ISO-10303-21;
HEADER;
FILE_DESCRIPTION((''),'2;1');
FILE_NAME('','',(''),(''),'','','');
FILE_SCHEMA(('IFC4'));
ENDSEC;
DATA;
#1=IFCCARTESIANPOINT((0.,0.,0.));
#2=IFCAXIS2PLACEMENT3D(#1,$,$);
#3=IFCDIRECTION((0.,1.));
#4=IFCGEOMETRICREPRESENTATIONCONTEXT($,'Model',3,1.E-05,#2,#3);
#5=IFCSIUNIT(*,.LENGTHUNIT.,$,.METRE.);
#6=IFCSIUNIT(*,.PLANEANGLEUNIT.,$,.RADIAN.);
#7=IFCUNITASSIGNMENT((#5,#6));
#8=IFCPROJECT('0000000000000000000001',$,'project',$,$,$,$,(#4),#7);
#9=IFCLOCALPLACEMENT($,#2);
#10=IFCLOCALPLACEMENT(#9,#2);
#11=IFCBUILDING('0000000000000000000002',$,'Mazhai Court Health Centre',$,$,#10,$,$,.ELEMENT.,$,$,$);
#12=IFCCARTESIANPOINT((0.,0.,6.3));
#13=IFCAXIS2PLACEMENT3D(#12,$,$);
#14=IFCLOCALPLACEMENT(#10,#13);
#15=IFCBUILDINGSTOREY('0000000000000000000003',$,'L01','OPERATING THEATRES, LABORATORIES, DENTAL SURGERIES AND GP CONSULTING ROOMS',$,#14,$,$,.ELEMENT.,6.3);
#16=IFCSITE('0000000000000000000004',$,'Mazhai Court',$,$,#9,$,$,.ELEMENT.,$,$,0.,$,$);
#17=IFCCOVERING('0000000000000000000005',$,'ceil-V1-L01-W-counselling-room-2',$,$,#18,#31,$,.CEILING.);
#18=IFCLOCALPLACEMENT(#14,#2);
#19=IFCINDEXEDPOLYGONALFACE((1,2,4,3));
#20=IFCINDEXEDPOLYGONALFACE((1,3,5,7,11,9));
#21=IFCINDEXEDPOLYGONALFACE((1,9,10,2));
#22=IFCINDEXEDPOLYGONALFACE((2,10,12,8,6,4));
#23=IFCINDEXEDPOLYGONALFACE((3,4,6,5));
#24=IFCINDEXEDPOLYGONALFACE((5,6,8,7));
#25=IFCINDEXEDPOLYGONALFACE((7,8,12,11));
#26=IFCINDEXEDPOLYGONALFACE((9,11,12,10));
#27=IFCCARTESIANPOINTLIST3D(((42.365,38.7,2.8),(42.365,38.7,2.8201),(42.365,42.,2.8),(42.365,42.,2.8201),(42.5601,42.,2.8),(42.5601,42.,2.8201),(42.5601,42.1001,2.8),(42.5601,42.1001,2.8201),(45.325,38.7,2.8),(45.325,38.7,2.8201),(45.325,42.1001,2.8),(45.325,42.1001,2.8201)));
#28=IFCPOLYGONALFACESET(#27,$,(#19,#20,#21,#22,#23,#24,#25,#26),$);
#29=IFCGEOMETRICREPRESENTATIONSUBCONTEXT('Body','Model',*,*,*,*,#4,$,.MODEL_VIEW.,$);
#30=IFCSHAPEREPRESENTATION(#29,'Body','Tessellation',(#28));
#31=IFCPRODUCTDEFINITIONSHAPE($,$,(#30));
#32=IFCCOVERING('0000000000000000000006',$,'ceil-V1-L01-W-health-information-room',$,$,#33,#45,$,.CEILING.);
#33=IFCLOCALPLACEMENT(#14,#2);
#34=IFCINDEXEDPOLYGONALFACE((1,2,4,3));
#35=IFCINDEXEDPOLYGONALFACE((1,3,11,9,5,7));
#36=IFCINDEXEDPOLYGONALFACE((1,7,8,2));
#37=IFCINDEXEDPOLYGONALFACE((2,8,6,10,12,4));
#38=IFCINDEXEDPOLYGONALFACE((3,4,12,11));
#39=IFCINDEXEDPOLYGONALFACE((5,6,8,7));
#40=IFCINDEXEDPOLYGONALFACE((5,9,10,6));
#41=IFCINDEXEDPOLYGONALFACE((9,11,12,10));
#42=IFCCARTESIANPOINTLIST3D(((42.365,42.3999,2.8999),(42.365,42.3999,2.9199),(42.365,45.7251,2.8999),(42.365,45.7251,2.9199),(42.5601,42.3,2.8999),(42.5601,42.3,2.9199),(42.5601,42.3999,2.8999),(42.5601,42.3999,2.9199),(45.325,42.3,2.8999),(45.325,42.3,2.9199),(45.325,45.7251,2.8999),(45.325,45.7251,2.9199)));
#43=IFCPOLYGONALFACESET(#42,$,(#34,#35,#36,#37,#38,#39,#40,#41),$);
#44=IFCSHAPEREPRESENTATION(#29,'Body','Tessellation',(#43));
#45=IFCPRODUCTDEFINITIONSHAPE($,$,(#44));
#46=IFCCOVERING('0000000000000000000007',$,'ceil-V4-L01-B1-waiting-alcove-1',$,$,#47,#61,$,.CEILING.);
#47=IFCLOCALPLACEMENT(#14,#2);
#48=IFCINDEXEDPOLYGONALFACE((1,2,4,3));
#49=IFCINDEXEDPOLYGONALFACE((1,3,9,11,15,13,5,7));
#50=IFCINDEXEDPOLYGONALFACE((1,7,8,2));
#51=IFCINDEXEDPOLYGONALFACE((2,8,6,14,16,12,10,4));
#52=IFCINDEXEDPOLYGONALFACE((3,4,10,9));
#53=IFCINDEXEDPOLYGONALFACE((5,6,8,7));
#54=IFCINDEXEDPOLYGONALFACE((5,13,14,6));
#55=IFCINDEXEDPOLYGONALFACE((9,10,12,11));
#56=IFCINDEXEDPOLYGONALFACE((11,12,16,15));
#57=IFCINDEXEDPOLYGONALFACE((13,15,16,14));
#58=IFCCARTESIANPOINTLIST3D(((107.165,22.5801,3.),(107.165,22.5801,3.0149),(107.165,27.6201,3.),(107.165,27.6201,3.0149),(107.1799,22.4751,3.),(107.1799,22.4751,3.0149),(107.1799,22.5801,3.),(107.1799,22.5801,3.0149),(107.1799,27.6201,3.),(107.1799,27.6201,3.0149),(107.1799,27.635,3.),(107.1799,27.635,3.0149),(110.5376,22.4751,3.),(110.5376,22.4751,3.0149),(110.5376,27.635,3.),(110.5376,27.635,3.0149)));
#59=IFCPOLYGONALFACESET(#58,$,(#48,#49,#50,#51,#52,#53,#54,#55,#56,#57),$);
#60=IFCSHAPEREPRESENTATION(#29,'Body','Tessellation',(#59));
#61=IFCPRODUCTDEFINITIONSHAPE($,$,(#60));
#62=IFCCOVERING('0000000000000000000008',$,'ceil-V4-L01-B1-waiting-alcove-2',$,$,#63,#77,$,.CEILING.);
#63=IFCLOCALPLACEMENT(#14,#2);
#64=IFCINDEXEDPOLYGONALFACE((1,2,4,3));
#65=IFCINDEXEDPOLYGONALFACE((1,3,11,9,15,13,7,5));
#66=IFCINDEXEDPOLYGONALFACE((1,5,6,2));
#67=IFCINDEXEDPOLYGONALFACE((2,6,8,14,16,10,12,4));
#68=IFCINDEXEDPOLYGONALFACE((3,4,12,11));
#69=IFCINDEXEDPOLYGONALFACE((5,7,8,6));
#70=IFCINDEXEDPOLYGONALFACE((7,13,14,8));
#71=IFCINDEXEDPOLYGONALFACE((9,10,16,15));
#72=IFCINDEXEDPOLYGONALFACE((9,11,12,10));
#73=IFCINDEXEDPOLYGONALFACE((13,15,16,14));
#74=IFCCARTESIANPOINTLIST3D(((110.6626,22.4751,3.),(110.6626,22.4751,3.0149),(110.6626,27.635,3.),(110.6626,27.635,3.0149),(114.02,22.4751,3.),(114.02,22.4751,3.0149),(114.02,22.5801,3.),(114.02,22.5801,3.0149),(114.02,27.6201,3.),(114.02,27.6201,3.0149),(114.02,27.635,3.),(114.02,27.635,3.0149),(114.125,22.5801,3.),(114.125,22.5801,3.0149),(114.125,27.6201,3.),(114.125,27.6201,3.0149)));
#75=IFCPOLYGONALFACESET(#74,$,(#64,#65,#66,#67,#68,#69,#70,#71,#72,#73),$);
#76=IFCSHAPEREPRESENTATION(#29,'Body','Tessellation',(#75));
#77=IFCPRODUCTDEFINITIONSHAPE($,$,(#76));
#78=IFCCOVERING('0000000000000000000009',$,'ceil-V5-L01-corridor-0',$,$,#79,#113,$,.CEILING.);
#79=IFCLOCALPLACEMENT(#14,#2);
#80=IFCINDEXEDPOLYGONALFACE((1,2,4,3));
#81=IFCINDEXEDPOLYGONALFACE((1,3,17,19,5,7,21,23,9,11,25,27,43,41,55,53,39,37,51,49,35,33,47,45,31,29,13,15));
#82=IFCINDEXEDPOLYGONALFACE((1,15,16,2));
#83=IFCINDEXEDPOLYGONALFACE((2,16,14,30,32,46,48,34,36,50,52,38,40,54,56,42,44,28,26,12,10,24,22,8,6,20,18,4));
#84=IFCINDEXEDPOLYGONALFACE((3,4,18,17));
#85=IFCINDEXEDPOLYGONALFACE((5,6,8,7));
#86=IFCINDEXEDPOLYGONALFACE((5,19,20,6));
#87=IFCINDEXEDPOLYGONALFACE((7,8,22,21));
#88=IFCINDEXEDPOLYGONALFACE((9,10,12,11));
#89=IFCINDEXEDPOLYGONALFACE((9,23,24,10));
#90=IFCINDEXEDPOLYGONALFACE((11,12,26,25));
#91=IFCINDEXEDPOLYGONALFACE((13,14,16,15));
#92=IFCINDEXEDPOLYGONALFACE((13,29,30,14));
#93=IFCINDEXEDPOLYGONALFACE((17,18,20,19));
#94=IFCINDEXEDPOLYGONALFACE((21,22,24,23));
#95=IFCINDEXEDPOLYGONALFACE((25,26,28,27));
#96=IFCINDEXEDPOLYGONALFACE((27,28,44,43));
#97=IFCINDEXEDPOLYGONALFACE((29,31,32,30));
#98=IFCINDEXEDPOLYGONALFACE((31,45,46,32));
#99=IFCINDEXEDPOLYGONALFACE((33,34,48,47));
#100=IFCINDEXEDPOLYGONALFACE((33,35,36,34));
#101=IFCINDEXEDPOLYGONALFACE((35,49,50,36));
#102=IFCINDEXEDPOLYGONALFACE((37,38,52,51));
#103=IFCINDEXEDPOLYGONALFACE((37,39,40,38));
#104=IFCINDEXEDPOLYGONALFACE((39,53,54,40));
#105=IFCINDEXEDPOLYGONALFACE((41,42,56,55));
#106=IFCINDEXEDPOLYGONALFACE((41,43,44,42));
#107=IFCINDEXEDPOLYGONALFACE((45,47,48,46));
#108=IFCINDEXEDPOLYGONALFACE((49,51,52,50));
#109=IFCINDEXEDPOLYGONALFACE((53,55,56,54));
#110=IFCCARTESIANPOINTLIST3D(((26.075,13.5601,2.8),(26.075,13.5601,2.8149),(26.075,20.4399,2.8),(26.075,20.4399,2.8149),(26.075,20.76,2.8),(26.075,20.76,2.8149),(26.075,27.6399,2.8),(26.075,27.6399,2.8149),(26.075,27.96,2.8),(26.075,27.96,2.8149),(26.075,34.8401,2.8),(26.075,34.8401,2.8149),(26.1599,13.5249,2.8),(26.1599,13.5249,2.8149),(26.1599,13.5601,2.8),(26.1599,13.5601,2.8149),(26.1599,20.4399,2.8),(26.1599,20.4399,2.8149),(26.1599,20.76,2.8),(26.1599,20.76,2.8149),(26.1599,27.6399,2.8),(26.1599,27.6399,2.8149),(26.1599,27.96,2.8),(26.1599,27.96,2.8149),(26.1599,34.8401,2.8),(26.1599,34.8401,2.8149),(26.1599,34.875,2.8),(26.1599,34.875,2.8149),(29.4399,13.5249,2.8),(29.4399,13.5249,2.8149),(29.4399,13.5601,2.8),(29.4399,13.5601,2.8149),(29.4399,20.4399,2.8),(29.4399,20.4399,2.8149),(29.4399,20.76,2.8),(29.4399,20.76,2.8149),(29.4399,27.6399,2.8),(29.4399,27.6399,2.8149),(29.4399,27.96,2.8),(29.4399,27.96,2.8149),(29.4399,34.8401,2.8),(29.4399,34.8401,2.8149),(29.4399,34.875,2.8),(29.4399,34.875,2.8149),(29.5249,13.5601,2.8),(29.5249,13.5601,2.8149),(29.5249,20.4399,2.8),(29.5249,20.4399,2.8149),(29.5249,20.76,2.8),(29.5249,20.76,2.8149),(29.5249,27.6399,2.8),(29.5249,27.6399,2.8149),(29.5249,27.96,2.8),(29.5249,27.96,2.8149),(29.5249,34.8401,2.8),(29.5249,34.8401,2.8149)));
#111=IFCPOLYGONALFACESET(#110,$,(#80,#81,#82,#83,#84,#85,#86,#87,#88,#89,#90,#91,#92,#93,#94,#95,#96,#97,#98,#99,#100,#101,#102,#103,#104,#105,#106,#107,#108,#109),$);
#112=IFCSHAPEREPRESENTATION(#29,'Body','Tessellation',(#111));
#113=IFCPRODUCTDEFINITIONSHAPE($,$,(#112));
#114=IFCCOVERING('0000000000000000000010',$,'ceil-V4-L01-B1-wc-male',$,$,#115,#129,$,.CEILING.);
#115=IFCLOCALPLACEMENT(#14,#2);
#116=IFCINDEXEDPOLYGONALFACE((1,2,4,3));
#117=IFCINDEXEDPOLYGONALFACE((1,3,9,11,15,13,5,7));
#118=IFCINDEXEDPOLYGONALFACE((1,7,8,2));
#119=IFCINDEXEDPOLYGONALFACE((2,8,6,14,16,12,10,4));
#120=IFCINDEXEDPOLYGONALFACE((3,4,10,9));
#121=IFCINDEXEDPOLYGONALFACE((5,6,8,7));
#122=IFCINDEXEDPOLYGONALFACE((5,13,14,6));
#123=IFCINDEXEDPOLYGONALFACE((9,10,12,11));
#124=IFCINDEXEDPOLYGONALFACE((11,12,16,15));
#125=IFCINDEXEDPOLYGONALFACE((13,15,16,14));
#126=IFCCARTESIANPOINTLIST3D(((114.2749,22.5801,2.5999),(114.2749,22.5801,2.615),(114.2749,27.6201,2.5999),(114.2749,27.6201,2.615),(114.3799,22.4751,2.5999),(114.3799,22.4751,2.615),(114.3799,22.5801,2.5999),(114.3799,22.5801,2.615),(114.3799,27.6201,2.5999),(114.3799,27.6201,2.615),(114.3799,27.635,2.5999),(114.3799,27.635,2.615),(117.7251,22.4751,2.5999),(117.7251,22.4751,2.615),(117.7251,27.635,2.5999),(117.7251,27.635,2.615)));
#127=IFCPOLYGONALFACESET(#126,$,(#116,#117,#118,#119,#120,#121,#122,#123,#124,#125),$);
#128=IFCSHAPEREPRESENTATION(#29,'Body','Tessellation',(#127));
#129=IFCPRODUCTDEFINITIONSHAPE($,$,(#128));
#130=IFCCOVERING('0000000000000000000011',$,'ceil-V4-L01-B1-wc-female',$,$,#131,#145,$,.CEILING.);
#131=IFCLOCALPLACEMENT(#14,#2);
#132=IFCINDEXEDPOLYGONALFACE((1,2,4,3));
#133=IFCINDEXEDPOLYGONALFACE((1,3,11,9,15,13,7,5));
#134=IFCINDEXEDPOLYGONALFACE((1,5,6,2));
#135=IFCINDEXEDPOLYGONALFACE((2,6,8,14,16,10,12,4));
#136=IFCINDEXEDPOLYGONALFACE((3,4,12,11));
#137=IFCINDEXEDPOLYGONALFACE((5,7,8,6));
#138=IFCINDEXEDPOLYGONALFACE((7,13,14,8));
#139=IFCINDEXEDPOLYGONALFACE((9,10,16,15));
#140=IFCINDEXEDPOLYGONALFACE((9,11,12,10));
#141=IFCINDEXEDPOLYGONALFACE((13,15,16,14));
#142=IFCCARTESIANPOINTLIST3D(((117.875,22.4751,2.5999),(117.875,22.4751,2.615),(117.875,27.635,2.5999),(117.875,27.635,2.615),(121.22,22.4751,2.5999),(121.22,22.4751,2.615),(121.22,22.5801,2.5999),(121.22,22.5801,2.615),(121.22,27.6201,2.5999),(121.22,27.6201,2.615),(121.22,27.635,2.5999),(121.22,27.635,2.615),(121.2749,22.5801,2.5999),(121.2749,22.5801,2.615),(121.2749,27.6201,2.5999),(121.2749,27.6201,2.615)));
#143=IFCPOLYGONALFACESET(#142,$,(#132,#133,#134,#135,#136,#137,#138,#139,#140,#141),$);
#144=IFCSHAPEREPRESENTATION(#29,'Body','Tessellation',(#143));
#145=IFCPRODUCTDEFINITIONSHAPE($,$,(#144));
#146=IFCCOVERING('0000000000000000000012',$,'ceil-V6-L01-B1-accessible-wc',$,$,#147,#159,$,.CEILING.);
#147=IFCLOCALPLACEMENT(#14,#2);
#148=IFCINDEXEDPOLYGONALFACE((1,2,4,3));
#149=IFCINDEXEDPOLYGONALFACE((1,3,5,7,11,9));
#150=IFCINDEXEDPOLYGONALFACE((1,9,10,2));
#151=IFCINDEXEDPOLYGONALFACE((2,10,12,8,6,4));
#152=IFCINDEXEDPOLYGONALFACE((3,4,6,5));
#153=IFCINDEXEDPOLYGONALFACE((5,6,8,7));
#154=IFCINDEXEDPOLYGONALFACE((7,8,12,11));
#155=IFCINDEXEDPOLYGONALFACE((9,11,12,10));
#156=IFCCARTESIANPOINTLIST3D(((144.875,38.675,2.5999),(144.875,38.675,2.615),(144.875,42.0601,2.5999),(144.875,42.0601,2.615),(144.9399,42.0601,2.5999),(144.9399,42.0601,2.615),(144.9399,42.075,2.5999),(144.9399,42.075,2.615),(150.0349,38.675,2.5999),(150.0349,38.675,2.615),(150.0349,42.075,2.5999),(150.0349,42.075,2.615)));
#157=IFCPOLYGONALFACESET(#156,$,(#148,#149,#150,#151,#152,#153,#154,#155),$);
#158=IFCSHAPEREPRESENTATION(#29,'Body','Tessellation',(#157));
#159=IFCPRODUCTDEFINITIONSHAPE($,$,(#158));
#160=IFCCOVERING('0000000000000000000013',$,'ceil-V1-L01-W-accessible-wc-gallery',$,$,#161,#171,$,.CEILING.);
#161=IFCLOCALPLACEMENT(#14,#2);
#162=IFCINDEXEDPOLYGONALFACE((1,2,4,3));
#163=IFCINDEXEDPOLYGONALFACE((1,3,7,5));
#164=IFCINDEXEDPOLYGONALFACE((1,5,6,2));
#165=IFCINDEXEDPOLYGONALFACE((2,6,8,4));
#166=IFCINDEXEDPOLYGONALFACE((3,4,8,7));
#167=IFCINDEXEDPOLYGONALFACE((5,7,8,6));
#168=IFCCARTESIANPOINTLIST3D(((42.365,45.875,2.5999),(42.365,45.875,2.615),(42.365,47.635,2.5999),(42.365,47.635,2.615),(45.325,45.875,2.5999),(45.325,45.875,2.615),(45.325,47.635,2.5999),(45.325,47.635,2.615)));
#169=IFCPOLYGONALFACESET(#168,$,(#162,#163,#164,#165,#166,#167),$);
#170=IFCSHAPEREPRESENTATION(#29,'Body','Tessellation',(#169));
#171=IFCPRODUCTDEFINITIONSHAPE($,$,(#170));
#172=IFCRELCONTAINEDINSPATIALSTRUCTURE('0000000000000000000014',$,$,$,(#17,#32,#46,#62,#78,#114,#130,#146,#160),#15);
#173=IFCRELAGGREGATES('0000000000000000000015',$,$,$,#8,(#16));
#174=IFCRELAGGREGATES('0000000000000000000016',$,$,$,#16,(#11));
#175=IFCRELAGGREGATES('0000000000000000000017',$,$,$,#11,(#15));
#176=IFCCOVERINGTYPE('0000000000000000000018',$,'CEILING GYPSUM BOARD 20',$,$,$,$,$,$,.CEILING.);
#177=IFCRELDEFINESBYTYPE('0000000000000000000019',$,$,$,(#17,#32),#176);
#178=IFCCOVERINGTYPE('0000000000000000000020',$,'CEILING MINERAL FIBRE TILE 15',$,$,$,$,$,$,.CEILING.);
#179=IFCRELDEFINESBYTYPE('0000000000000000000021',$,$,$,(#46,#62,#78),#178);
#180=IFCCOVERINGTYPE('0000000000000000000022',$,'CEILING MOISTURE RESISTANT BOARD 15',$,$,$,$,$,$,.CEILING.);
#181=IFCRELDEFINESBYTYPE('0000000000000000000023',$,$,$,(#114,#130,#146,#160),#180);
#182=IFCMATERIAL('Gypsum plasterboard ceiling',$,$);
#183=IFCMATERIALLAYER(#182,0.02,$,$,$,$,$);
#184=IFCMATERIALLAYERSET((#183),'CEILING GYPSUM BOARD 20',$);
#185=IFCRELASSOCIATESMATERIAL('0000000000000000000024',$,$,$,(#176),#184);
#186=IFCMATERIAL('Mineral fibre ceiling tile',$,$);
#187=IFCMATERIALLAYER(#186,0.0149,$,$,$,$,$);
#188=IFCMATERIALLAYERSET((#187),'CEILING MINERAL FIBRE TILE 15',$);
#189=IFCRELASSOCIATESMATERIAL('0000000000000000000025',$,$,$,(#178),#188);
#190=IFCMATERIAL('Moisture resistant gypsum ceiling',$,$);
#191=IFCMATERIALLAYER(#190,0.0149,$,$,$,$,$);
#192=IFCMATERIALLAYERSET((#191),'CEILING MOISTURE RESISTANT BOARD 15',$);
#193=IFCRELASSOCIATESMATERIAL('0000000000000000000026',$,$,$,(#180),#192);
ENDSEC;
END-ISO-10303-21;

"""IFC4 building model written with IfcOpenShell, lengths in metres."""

from ifc_helpers import new_model, si_unit, direction, frame, origin, place, context, subcontext, project, spatial, polyline, outline, extrude, material, layer, layer_set, type_object, element, save


model = new_model("IFC4")

# Units and contexts
model_context = context("Model", 3, precision=1e-05, world=origin(), true_north=direction((0.0, 1.0)))
body_context = subcontext(model_context, "Body", "Model", "MODEL_VIEW")
ifc_project = project(units=[si_unit("LENGTHUNIT", "METRE"), si_unit("PLANEANGLEUNIT", "RADIAN")], contexts=[model_context])

# Site, building, storey
site_placement = place(None, origin())
site = spatial("IfcSite", under=ifc_project, at=site_placement, Name="Mazhai Court", CompositionType="ELEMENT", RefElevation=0.0)
building_placement = place(site_placement, origin())
building = spatial("IfcBuilding", under=site, at=building_placement, Name="Mazhai Court Health Centre", CompositionType="ELEMENT")
storey_placement = place(building_placement, frame((0.0, 0.0, 6.3)))
storey = spatial("IfcBuildingStorey", under=building, at=storey_placement, Name="L01", Description="OPERATING THEATRES, LABORATORIES, DENTAL SURGERIES AND GP CONSULTING ROOMS", CompositionType="ELEMENT", Elevation=6.3)

# Coverings
ifc_material_1 = material(Name="Gypsum plasterboard ceiling")
ifc_layer_1 = layer(ifc_material_1, 0.02)
ifc_layer_set_1 = layer_set([ifc_layer_1], Name="CEILING GYPSUM BOARD 20")
covering_type_1 = type_object("IfcCoveringType", Name="CEILING GYPSUM BOARD 20", PredefinedType="CEILING", material=ifc_layer_set_1)
covering_1_placement = place(storey_placement, frame((0.0, 0.0, 2.8)))
element("IfcCovering", 1, at=covering_1_placement, inside=storey, type_object=covering_type_1, Name="ceil-V1-L01-W-counselling-room-2", PredefinedType="CEILING", context=body_context, shape_type="SweptSolid", body=[
    extrude(outline(polyline([(42.5601, 42.1001), (42.5601, 42.0), (42.365, 42.0), (42.365, 38.7), (45.325, 38.7), (45.325, 42.1001), (42.5601, 42.1001)])), origin(), (0.0, 0.0, 1.0), 0.02),
])
covering_2_placement = place(storey_placement, frame((0.0, 0.0, 2.8999)))
element("IfcCovering", 2, at=covering_2_placement, inside=storey, type_object=covering_type_1, Name="ceil-V1-L01-W-health-information-room", PredefinedType="CEILING", context=body_context, shape_type="SweptSolid", body=[
    extrude(outline(polyline([(42.365, 42.3999), (42.5601, 42.3999), (42.5601, 42.3), (45.325, 42.3), (45.325, 45.7251), (42.365, 45.7251), (42.365, 42.3999)])), origin(), (0.0, 0.0, 1.0), 0.02),
])
ifc_material_2 = material(Name="Mineral fibre ceiling tile")
ifc_layer_2 = layer(ifc_material_2, 0.0149)
ifc_layer_set_2 = layer_set([ifc_layer_2], Name="CEILING MINERAL FIBRE TILE 15")
covering_type_2 = type_object("IfcCoveringType", Name="CEILING MINERAL FIBRE TILE 15", PredefinedType="CEILING", material=ifc_layer_set_2)
covering_3_placement = place(storey_placement, frame((0.0, 0.0, 3.0)))
element("IfcCovering", 3, at=covering_3_placement, inside=storey, type_object=covering_type_2, Name="ceil-V4-L01-B1-waiting-alcove-1", PredefinedType="CEILING", context=body_context, shape_type="SweptSolid", body=[
    extrude(outline(polyline([(107.1799, 27.635), (107.1799, 27.6201), (107.165, 27.6201), (107.165, 22.5801), (107.1799, 22.5801), (107.1799, 22.4751), (110.5376, 22.4751), (110.5376, 27.635), (107.1799, 27.635)])), origin(), (0.0, 0.0, 1.0), 0.0149),
])
covering_4_placement = place(storey_placement, frame((0.0, 0.0, 3.0)))
element("IfcCovering", 4, at=covering_4_placement, inside=storey, type_object=covering_type_2, Name="ceil-V4-L01-B1-waiting-alcove-2", PredefinedType="CEILING", context=body_context, shape_type="SweptSolid", body=[
    extrude(outline(polyline([(114.125, 27.6201), (114.02, 27.6201), (114.02, 27.635), (110.6626, 27.635), (110.6626, 22.4751), (114.02, 22.4751), (114.02, 22.5801), (114.125, 22.5801), (114.125, 27.6201)])), origin(), (0.0, 0.0, 1.0), 0.0149),
])
covering_5_placement = place(storey_placement, frame((0.0, 0.0, 2.8)))
element("IfcCovering", 5, at=covering_5_placement, inside=storey, type_object=covering_type_2, Name="ceil-V5-L01-corridor-0", PredefinedType="CEILING", context=body_context, shape_type="SweptSolid", body=[
    extrude(outline(polyline([(29.4399, 13.5249), (29.4399, 13.5601), (29.5249, 13.5601), (29.5249, 20.4399), (29.4399, 20.4399), (29.4399, 20.76), (29.5249, 20.76), (29.5249, 27.6399), (29.4399, 27.6399), (29.4399, 27.96), (29.5249, 27.96), (29.5249, 34.8401), (29.4399, 34.8401), (29.4399, 34.875), (26.1599, 34.875), (26.1599, 34.8401), (26.075, 34.8401), (26.075, 27.96), (26.1599, 27.96), (26.1599, 27.6399), (26.075, 27.6399), (26.075, 20.76), (26.1599, 20.76), (26.1599, 20.4399), (26.075, 20.4399), (26.075, 13.5601), (26.1599, 13.5601), (26.1599, 13.5249), (29.4399, 13.5249)])), origin(), (0.0, 0.0, 1.0), 0.0149),
])
ifc_material_3 = material(Name="Moisture resistant gypsum ceiling")
ifc_layer_3 = layer(ifc_material_3, 0.0149)
ifc_layer_set_3 = layer_set([ifc_layer_3], Name="CEILING MOISTURE RESISTANT BOARD 15")
covering_type_3 = type_object("IfcCoveringType", Name="CEILING MOISTURE RESISTANT BOARD 15", PredefinedType="CEILING", material=ifc_layer_set_3)
covering_6_placement = place(storey_placement, frame((0.0, 0.0, 2.5999)))
element("IfcCovering", 6, at=covering_6_placement, inside=storey, type_object=covering_type_3, Name="ceil-V4-L01-B1-wc-male", PredefinedType="CEILING", context=body_context, shape_type="SweptSolid", body=[
    extrude(outline(polyline([(114.3799, 27.635), (114.3799, 27.6201), (114.2749, 27.6201), (114.2749, 22.5801), (114.3799, 22.5801), (114.3799, 22.4751), (117.7251, 22.4751), (117.7251, 27.635), (114.3799, 27.635)])), origin(), (0.0, 0.0, 1.0), 0.0151),
])
covering_7_placement = place(storey_placement, frame((0.0, 0.0, 2.5999)))
element("IfcCovering", 7, at=covering_7_placement, inside=storey, type_object=covering_type_3, Name="ceil-V4-L01-B1-wc-female", PredefinedType="CEILING", context=body_context, shape_type="SweptSolid", body=[
    extrude(outline(polyline([(121.2749, 27.6201), (121.22, 27.6201), (121.22, 27.635), (117.875, 27.635), (117.875, 22.4751), (121.22, 22.4751), (121.22, 22.5801), (121.2749, 22.5801), (121.2749, 27.6201)])), origin(), (0.0, 0.0, 1.0), 0.0151),
])
covering_8_placement = place(storey_placement, frame((0.0, 0.0, 2.5999)))
element("IfcCovering", 8, at=covering_8_placement, inside=storey, type_object=covering_type_3, Name="ceil-V6-L01-B1-accessible-wc", PredefinedType="CEILING", context=body_context, shape_type="SweptSolid", body=[
    extrude(outline(polyline([(144.9399, 42.075), (144.9399, 42.0601), (144.875, 42.0601), (144.875, 38.675), (150.0349, 38.675), (150.0349, 42.075), (144.9399, 42.075)])), origin(), (0.0, 0.0, 1.0), 0.0151),
])
covering_9_placement = place(storey_placement, frame((0.0, 0.0, 2.5999)))
element("IfcCovering", 9, at=covering_9_placement, inside=storey, type_object=covering_type_3, Name="ceil-V1-L01-W-accessible-wc-gallery", PredefinedType="CEILING", context=body_context, shape_type="SweptSolid", body=[
    extrude(outline(polyline([(45.325, 45.875), (45.325, 47.635), (42.365, 47.635), (42.365, 45.875), (45.325, 45.875)])), origin(), (0.0, 0.0, 1.0), 0.0151),
])

save(model, "model.ifc")
